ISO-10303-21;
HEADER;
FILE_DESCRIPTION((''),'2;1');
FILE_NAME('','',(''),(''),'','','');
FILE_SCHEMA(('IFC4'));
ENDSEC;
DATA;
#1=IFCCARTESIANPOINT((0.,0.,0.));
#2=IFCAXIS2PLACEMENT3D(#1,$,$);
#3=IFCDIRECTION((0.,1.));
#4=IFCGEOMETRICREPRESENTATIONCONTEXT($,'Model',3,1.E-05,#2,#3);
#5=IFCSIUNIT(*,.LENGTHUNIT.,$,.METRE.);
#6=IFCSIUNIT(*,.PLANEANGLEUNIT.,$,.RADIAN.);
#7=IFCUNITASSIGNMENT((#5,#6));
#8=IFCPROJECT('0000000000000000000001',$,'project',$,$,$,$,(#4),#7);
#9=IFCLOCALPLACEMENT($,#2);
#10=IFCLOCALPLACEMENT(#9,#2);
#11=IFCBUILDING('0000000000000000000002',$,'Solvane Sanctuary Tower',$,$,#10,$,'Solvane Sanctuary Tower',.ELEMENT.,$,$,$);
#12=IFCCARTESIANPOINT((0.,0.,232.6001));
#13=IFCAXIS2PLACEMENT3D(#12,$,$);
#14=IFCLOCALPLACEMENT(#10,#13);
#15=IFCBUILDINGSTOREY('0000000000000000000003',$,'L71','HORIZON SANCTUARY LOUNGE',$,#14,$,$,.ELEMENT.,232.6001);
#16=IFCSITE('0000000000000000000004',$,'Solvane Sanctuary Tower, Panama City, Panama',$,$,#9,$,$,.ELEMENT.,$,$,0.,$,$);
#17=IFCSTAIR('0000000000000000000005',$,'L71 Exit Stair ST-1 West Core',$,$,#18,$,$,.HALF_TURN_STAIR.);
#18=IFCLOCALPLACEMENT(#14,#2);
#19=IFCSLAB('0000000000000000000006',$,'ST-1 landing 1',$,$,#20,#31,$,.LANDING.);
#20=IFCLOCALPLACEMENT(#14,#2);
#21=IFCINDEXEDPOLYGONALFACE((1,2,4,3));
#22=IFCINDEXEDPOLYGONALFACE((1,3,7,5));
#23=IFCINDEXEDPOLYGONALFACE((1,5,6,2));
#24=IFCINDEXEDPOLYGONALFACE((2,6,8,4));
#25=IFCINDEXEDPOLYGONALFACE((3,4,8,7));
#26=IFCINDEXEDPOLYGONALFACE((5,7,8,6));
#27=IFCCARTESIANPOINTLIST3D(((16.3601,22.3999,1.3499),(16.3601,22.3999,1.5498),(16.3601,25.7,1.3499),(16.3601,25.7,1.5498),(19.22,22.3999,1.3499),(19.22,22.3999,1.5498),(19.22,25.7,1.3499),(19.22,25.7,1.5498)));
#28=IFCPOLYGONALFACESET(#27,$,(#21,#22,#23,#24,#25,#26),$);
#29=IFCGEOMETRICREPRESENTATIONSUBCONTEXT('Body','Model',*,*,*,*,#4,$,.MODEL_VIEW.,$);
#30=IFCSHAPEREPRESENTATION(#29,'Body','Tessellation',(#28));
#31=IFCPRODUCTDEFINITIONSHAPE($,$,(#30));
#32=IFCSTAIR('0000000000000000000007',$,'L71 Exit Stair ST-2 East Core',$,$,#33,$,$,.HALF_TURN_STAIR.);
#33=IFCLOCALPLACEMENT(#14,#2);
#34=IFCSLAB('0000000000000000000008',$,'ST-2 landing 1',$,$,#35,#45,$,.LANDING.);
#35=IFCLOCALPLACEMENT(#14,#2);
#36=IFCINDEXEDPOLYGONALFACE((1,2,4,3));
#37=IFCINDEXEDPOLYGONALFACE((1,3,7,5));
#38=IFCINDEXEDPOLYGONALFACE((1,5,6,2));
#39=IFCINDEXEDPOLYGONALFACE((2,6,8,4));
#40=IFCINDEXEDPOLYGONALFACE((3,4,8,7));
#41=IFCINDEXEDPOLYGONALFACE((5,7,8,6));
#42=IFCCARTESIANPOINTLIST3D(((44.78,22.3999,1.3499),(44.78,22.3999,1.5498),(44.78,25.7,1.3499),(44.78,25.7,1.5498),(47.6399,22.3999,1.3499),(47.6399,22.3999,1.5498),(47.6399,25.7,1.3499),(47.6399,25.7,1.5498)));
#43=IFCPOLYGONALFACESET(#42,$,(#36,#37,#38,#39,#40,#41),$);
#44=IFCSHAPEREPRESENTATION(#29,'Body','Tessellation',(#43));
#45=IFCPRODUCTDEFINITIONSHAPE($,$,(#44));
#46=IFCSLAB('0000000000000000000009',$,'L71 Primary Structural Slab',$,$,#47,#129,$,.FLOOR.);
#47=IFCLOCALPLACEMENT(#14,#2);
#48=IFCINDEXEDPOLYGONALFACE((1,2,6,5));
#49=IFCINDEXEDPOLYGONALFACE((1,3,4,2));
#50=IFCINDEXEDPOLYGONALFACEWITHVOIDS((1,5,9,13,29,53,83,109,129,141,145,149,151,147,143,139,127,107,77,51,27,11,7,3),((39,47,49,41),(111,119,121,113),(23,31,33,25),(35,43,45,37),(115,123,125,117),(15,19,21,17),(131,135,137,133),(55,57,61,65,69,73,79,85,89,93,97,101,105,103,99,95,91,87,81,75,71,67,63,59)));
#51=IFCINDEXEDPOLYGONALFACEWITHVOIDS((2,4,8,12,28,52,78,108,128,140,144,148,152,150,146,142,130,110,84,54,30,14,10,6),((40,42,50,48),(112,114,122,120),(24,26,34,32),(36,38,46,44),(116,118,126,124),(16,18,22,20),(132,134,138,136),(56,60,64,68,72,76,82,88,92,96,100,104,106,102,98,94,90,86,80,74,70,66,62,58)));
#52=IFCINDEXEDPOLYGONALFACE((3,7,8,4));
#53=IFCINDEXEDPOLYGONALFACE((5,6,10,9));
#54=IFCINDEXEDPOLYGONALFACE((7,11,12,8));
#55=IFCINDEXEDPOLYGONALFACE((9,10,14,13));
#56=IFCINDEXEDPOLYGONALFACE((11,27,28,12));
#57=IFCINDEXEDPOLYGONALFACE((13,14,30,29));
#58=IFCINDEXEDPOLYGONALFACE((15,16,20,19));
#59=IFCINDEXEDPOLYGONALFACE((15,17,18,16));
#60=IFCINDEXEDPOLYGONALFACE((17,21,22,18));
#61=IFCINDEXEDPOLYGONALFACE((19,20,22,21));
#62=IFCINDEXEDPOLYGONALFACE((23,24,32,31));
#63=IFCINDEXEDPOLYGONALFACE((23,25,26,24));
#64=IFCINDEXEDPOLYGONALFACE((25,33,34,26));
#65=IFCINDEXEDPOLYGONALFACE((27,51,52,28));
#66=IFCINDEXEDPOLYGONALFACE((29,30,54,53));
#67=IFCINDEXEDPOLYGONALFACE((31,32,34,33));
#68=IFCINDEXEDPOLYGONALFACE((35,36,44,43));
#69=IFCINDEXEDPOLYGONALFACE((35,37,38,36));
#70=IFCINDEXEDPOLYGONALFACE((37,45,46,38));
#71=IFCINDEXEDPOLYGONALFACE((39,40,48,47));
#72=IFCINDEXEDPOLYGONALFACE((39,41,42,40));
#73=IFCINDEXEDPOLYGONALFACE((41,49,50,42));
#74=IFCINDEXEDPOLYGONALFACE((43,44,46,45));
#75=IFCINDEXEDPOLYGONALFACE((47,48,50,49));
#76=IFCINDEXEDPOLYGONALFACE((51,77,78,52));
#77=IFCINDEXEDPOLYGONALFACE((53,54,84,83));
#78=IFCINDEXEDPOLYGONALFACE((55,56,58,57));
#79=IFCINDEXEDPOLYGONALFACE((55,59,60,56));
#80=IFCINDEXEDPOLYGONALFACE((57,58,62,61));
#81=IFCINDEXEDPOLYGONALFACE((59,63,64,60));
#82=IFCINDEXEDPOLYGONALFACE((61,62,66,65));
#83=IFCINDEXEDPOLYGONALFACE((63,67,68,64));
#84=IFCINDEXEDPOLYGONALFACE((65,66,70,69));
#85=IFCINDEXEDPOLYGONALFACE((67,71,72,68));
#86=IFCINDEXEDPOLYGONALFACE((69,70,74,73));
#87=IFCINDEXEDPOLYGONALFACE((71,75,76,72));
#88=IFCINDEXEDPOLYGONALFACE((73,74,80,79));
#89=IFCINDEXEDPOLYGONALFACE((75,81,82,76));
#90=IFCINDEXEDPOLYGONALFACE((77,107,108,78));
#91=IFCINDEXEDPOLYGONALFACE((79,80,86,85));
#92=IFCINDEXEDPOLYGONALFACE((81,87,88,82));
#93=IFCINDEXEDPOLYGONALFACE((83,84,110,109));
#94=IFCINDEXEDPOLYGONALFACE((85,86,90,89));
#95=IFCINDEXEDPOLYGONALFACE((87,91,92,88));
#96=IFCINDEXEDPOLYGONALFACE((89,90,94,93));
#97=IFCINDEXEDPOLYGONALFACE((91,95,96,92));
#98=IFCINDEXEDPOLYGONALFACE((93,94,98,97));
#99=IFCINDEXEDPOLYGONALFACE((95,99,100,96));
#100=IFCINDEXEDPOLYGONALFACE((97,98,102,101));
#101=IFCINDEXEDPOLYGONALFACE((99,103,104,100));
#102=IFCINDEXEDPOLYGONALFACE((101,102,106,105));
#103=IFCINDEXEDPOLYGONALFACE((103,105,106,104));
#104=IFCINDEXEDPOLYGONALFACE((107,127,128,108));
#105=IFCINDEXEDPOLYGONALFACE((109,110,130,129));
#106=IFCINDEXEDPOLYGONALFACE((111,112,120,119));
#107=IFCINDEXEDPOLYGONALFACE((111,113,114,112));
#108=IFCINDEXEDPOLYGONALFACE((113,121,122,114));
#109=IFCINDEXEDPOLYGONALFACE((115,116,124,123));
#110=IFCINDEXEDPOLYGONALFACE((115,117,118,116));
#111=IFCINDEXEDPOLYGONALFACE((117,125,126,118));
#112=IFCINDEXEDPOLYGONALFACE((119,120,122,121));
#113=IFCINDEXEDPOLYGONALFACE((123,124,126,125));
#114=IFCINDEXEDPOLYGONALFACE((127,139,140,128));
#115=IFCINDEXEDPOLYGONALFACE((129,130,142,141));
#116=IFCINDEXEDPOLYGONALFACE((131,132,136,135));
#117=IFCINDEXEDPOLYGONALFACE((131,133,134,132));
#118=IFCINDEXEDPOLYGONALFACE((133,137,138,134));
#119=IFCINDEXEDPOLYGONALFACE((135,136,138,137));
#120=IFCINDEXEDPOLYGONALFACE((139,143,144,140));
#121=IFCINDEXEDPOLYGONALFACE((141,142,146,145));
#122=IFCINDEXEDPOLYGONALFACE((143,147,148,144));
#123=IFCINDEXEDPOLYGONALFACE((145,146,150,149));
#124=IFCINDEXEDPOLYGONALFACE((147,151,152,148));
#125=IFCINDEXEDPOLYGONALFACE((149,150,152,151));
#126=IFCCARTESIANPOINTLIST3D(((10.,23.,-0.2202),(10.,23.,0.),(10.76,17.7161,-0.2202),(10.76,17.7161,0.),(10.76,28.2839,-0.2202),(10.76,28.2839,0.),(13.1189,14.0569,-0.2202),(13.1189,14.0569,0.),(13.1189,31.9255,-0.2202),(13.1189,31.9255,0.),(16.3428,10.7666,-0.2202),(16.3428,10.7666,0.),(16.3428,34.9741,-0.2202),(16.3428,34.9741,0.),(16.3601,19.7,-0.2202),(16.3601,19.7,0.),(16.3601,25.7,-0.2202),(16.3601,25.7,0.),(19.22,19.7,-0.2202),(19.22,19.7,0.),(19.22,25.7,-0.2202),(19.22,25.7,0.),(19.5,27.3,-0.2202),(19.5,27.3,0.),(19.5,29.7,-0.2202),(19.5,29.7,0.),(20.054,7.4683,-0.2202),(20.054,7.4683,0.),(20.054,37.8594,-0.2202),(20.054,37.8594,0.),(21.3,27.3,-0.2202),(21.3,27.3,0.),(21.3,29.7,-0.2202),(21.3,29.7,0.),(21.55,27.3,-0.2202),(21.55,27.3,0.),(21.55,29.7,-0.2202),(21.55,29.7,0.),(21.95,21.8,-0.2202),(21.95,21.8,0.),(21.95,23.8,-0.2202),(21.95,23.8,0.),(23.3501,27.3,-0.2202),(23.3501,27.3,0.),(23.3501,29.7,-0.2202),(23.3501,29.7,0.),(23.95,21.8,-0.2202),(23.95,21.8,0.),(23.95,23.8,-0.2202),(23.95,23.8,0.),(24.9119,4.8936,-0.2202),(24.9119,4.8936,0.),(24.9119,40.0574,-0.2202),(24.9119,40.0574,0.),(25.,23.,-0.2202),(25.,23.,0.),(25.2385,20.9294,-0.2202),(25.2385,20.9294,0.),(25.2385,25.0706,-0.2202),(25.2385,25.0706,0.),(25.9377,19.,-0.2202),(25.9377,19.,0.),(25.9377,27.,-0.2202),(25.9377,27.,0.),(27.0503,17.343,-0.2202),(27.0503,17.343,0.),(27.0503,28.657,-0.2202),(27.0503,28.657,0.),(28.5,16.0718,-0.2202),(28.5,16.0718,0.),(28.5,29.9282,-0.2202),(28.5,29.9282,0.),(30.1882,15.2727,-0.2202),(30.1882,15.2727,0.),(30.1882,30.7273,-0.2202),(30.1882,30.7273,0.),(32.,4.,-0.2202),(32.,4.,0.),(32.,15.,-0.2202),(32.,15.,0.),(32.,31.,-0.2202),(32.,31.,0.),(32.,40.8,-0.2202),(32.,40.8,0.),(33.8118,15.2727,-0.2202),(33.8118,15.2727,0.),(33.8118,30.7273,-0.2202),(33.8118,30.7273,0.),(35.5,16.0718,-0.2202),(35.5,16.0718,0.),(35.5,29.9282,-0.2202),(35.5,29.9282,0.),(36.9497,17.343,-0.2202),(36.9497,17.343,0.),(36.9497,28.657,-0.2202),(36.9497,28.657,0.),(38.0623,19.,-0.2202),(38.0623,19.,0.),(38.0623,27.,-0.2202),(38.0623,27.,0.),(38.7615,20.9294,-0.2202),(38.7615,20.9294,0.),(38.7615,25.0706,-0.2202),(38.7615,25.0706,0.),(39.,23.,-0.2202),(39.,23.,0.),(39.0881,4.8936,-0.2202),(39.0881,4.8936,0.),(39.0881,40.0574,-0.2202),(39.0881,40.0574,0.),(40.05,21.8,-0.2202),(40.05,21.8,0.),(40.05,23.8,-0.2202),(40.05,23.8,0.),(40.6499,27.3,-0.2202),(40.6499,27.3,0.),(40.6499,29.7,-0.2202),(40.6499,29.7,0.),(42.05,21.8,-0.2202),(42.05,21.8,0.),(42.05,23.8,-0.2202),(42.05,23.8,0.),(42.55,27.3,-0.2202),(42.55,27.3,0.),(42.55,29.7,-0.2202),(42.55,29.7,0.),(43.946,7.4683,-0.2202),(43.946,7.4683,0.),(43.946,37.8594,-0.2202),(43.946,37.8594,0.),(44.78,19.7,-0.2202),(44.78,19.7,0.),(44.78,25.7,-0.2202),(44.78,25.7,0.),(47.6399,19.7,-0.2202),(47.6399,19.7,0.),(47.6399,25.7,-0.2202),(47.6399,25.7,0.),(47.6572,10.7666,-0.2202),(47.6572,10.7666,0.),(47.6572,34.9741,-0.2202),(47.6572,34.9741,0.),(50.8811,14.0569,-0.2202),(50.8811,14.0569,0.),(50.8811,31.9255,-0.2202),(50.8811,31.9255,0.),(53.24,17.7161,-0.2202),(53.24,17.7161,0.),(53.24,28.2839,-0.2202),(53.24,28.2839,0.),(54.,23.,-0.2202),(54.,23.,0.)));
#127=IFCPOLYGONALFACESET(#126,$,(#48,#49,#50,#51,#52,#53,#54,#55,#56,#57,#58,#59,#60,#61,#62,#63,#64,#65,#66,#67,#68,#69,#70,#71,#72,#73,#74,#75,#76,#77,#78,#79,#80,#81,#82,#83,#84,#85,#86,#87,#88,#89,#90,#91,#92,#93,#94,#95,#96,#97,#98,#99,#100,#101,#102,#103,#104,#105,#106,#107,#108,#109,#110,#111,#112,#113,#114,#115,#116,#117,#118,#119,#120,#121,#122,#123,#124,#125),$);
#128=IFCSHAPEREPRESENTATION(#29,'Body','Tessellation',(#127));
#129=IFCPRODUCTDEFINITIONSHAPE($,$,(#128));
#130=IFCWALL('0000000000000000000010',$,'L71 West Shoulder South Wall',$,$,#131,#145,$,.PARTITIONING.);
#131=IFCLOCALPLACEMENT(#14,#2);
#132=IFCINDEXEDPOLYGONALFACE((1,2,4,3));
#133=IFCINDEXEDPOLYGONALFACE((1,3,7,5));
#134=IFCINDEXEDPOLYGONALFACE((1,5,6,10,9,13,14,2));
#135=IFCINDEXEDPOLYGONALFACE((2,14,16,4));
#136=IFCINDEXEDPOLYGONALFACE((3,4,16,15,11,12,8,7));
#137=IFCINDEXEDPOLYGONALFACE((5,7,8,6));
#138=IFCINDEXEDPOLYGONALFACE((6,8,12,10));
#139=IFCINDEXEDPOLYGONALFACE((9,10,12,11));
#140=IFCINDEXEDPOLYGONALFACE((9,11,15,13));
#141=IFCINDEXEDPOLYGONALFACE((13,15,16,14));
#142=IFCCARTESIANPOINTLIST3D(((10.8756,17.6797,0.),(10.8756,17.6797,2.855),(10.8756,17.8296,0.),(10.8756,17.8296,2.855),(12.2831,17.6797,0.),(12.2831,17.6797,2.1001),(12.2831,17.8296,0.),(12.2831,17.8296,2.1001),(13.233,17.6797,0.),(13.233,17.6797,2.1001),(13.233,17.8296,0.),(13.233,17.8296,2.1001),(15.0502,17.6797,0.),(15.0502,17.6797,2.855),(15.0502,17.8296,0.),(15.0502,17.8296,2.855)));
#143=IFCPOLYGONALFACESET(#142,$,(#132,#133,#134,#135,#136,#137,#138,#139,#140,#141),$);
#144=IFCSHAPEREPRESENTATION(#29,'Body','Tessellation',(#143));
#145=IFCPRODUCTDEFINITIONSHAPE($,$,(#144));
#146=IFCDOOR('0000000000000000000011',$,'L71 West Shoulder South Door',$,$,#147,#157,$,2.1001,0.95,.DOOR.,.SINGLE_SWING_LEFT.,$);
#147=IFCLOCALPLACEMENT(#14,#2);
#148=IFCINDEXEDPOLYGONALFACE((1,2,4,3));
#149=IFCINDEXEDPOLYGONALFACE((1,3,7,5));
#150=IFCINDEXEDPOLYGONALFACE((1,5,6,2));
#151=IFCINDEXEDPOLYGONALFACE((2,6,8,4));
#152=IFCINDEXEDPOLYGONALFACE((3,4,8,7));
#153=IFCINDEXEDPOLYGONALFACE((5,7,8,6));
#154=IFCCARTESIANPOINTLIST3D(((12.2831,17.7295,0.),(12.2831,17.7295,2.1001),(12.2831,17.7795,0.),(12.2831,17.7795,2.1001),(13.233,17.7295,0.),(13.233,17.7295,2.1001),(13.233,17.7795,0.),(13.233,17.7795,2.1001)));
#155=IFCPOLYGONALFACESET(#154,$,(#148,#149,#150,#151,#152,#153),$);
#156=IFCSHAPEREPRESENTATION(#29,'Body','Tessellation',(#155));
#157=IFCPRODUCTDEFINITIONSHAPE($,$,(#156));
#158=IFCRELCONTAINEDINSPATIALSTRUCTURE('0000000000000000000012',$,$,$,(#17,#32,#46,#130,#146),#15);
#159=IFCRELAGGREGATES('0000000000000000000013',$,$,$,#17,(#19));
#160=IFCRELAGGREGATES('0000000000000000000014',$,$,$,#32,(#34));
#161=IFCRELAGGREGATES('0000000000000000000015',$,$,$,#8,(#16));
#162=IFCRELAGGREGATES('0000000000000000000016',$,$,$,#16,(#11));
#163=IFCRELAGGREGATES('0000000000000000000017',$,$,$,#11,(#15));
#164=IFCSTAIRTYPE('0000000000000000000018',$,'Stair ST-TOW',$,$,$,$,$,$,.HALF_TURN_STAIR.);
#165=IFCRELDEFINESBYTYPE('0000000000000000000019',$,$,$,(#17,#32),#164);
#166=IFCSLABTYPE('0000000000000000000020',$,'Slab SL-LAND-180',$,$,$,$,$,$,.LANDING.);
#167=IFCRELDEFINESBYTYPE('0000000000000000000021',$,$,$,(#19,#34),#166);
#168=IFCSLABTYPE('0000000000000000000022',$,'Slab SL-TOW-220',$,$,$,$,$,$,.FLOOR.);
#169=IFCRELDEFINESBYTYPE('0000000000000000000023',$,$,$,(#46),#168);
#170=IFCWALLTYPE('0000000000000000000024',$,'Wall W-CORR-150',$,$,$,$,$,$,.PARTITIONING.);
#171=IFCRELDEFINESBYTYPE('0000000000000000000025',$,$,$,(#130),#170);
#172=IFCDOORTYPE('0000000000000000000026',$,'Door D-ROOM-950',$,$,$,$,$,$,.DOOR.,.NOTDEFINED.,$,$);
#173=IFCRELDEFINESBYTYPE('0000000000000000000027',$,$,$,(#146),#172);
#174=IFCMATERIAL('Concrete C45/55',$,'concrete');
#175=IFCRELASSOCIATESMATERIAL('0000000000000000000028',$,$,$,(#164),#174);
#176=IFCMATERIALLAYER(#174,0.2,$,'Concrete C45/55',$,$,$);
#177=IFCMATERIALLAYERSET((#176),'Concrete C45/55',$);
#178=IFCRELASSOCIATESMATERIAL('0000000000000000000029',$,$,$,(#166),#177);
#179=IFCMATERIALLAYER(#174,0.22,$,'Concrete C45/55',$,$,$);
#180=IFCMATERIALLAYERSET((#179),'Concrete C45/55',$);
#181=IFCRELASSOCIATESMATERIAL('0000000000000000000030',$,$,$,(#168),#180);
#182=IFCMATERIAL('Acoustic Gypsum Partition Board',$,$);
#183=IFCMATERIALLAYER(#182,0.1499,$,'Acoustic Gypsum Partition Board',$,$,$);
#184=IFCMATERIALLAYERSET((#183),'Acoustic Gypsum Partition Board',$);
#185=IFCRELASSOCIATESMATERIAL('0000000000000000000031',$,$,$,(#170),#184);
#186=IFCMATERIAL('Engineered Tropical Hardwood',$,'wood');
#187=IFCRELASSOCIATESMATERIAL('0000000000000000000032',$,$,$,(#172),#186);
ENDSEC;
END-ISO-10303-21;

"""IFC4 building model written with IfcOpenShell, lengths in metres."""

from ifc_helpers import new_model, si_unit, direction, frame, frame_2d, origin, place, context, subcontext, project, spatial, polyline, rectangle, outline, extrude, material, layer, layer_set, type_object, element, fill, aggregate, save


model = new_model("IFC4")

# Units and contexts
model_context = context("Model", 3, precision=1e-05, world=origin(), true_north=direction((0.0, 1.0)))
body_context = subcontext(model_context, "Body", "Model", "MODEL_VIEW")
ifc_project = project(units=[si_unit("LENGTHUNIT", "METRE"), si_unit("PLANEANGLEUNIT", "RADIAN")], contexts=[model_context])

# Site, building, storey
site_placement = place(None, origin())
site = spatial("IfcSite", under=ifc_project, at=site_placement, Name="Solvane Sanctuary Tower, Panama City, Panama", CompositionType="ELEMENT", RefElevation=0.0)
building_placement = place(site_placement, origin())
building = spatial("IfcBuilding", under=site, at=building_placement, Name="Solvane Sanctuary Tower", LongName="Solvane Sanctuary Tower", CompositionType="ELEMENT")
storey_placement = place(building_placement, frame((0.0, 0.0, 232.6001)))
storey = spatial("IfcBuildingStorey", under=building, at=storey_placement, Name="L71", Description="HORIZON SANCTUARY LOUNGE", CompositionType="ELEMENT", Elevation=232.6001)

# Stairs, slabs
ifc_material_1 = material(Name="Concrete C45/55", Category="concrete")
stair_type = type_object("IfcStairType", Name="Stair ST-TOW", PredefinedType="HALF_TURN_STAIR", material=ifc_material_1)
stair_1_placement = place(storey_placement, origin())
stair_1 = element("IfcStair", 1, at=stair_1_placement, inside=storey, type_object=stair_type, Name="L71 Exit Stair ST-1 West Core", PredefinedType="HALF_TURN_STAIR")
ifc_layer_1 = layer(ifc_material_1, 0.2, Name="Concrete C45/55")
ifc_layer_set_1 = layer_set([ifc_layer_1], Name="Concrete C45/55")
slab_type_1 = type_object("IfcSlabType", Name="Slab SL-LAND-180", PredefinedType="LANDING", material=ifc_layer_set_1)
slab_1_placement = place(storey_placement, frame((0.0, 0.0, 1.3499)))
slab_1 = element("IfcSlab", 2, at=slab_1_placement, type_object=slab_type_1, Name="ST-1 landing 1", PredefinedType="LANDING", context=body_context, shape_type="SweptSolid", body=[
    extrude(outline(polyline([(19.22, 22.3999), (19.22, 25.7), (16.3601, 25.7), (16.3601, 22.3999), (19.22, 22.3999)])), origin(), (0.0, 0.0, 1.0), 0.2),
])
aggregate(stair_1, [slab_1])
stair_2_placement = place(storey_placement, origin())
stair_2 = element("IfcStair", 3, at=stair_2_placement, inside=storey, type_object=stair_type, Name="L71 Exit Stair ST-2 East Core", PredefinedType="HALF_TURN_STAIR")
slab_2_placement = place(storey_placement, frame((0.0, 0.0, 1.3499)))
slab_2 = element("IfcSlab", 4, at=slab_2_placement, type_object=slab_type_1, Name="ST-2 landing 1", PredefinedType="LANDING", context=body_context, shape_type="SweptSolid", body=[
    extrude(outline(polyline([(47.6399, 22.3999), (47.6399, 25.7), (44.78, 25.7), (44.78, 22.3999), (47.6399, 22.3999)])), origin(), (0.0, 0.0, 1.0), 0.2),
])
aggregate(stair_2, [slab_2])

# Slab
ifc_layer_2 = layer(ifc_material_1, 0.22, Name="Concrete C45/55")
ifc_layer_set_2 = layer_set([ifc_layer_2], Name="Concrete C45/55")
slab_type_2 = type_object("IfcSlabType", Name="Slab SL-TOW-220", PredefinedType="FLOOR", material=ifc_layer_set_2)
slab_3_placement = place(storey_placement, frame((0.0, 0.0, -0.2202)))
element("IfcSlab", 5, at=slab_3_placement, inside=storey, type_object=slab_type_2, Name="L71 Primary Structural Slab", PredefinedType="FLOOR", context=body_context, shape_type="SweptSolid", body=[
    extrude(outline(polyline([(54.0, 23.0), (53.24, 28.2839), (50.8811, 31.9255), (47.6572, 34.9741), (43.946, 37.8594), (39.0881, 40.0574), (32.0, 40.8), (24.9119, 40.0574), (20.054, 37.8594), (16.3428, 34.9741), (13.1189, 31.9255), (10.76, 28.2839), (10.0, 23.0), (10.76, 17.7161), (13.1189, 14.0569), (16.3428, 10.7666), (20.054, 7.4683), (24.9119, 4.8936), (32.0, 4.0), (39.0881, 4.8936), (43.946, 7.4683), (47.6572, 10.7666), (50.8811, 14.0569), (53.24, 17.7161), (54.0, 23.0)]), holes=[polyline([(38.7615, 20.9294), (38.0623, 19.0), (36.9497, 17.343), (35.5, 16.0718), (33.8118, 15.2727), (32.0, 15.0), (30.1882, 15.2727), (28.5, 16.0718), (27.0503, 17.343), (25.9377, 19.0), (25.2385, 20.9294), (25.0, 23.0), (25.2385, 25.0706), (25.9377, 27.0), (27.0503, 28.657), (28.5, 29.9282), (30.1882, 30.7273), (32.0, 31.0), (33.8118, 30.7273), (35.5, 29.9282), (36.9497, 28.657), (38.0623, 27.0), (38.7615, 25.0706), (39.0, 23.0), (38.7615, 20.9294)]), polyline([(16.3601, 19.7), (16.3601, 25.7), (19.22, 25.7), (19.22, 19.7), (16.3601, 19.7)]), polyline([(44.78, 19.7), (44.78, 25.7), (47.6399, 25.7), (47.6399, 19.7), (44.78, 19.7)]), polyline([(21.95, 23.8), (23.95, 23.8), (23.95, 21.8), (21.95, 21.8), (21.95, 23.8)]), polyline([(40.05, 23.8), (42.05, 23.8), (42.05, 21.8), (40.05, 21.8), (40.05, 23.8)]), polyline([(19.5, 29.7), (21.3, 29.7), (21.3, 27.3), (19.5, 27.3), (19.5, 29.7)]), polyline([(21.55, 29.7), (23.3501, 29.7), (23.3501, 27.3), (21.55, 27.3), (21.55, 29.7)]), polyline([(40.6499, 29.7), (42.55, 29.7), (42.55, 27.3), (40.6499, 27.3), (40.6499, 29.7)])]), origin(), (0.0, 0.0, 1.0), 0.2202),
])

# Wall, opening, door
ifc_material_2 = material(Name="Acoustic Gypsum Partition Board")
ifc_layer_3 = layer(ifc_material_2, 0.1499, Name="Acoustic Gypsum Partition Board")
ifc_layer_set_3 = layer_set([ifc_layer_3], Name="Acoustic Gypsum Partition Board")
wall_type_1 = type_object("IfcWallType", Name="Wall W-CORR-150", PredefinedType="PARTITIONING", material=ifc_layer_set_3)
wall_1_placement = place(storey_placement, frame((10.8755, 17.7546, 0.0), z_axis=(0.0, 0.0, 1.0), x_axis=(1.0, 0.0, 0.0)))
wall_1 = element("IfcWall", 6, at=wall_1_placement, inside=storey, type_object=wall_type_1, Name="L71 West Shoulder South Wall", PredefinedType="PARTITIONING", context=body_context, shape_type="SweptSolid", body=[
    extrude(rectangle(XDim=4.1746, YDim=0.1499, at=frame_2d((2.0874, 0.0))), origin(), (0.0, 0.0, 1.0), 2.855),
])
opening_1_placement = place(wall_1_placement, frame((1.4075, 0.0, 0.0)))
opening_1 = element("IfcOpeningElement", 7, at=opening_1_placement, cuts=wall_1, PredefinedType="OPENING", context=body_context, shape_type="SweptSolid", body=[
    extrude(rectangle(XDim=0.95, YDim=2.1001, at=frame_2d((0.4751, 1.05))), frame((0.0, 0.085, 0.0), z_axis=(0.0, -1.0, 0.0), x_axis=(1.0, 0.0, 0.0)), (0.0, 0.0, 1.0), 0.1699),
])
ifc_material_3 = material(Name="Engineered Tropical Hardwood", Category="wood")
door_type = type_object("IfcDoorType", Name="Door D-ROOM-950", OperationType="NOTDEFINED", PredefinedType="DOOR", material=ifc_material_3)
door_placement = place(opening_1_placement, origin())
door = element("IfcDoor", 8, at=door_placement, inside=storey, type_object=door_type, Name="L71 West Shoulder South Door", OperationType="SINGLE_SWING_LEFT", OverallHeight=2.1001, OverallWidth=0.95, PredefinedType="DOOR", context=body_context, shape_type="SweptSolid", body=[
    extrude(rectangle(XDim=0.95, YDim=2.1001, at=frame_2d((0.4751, 1.05))), frame((0.0, 0.0249, 0.0), z_axis=(0.0, -1.0, 0.0), x_axis=(1.0, 0.0, 0.0)), (0.0, 0.0, 1.0), 0.05),
])
fill(opening_1, door)

save(model, "model.ifc")
